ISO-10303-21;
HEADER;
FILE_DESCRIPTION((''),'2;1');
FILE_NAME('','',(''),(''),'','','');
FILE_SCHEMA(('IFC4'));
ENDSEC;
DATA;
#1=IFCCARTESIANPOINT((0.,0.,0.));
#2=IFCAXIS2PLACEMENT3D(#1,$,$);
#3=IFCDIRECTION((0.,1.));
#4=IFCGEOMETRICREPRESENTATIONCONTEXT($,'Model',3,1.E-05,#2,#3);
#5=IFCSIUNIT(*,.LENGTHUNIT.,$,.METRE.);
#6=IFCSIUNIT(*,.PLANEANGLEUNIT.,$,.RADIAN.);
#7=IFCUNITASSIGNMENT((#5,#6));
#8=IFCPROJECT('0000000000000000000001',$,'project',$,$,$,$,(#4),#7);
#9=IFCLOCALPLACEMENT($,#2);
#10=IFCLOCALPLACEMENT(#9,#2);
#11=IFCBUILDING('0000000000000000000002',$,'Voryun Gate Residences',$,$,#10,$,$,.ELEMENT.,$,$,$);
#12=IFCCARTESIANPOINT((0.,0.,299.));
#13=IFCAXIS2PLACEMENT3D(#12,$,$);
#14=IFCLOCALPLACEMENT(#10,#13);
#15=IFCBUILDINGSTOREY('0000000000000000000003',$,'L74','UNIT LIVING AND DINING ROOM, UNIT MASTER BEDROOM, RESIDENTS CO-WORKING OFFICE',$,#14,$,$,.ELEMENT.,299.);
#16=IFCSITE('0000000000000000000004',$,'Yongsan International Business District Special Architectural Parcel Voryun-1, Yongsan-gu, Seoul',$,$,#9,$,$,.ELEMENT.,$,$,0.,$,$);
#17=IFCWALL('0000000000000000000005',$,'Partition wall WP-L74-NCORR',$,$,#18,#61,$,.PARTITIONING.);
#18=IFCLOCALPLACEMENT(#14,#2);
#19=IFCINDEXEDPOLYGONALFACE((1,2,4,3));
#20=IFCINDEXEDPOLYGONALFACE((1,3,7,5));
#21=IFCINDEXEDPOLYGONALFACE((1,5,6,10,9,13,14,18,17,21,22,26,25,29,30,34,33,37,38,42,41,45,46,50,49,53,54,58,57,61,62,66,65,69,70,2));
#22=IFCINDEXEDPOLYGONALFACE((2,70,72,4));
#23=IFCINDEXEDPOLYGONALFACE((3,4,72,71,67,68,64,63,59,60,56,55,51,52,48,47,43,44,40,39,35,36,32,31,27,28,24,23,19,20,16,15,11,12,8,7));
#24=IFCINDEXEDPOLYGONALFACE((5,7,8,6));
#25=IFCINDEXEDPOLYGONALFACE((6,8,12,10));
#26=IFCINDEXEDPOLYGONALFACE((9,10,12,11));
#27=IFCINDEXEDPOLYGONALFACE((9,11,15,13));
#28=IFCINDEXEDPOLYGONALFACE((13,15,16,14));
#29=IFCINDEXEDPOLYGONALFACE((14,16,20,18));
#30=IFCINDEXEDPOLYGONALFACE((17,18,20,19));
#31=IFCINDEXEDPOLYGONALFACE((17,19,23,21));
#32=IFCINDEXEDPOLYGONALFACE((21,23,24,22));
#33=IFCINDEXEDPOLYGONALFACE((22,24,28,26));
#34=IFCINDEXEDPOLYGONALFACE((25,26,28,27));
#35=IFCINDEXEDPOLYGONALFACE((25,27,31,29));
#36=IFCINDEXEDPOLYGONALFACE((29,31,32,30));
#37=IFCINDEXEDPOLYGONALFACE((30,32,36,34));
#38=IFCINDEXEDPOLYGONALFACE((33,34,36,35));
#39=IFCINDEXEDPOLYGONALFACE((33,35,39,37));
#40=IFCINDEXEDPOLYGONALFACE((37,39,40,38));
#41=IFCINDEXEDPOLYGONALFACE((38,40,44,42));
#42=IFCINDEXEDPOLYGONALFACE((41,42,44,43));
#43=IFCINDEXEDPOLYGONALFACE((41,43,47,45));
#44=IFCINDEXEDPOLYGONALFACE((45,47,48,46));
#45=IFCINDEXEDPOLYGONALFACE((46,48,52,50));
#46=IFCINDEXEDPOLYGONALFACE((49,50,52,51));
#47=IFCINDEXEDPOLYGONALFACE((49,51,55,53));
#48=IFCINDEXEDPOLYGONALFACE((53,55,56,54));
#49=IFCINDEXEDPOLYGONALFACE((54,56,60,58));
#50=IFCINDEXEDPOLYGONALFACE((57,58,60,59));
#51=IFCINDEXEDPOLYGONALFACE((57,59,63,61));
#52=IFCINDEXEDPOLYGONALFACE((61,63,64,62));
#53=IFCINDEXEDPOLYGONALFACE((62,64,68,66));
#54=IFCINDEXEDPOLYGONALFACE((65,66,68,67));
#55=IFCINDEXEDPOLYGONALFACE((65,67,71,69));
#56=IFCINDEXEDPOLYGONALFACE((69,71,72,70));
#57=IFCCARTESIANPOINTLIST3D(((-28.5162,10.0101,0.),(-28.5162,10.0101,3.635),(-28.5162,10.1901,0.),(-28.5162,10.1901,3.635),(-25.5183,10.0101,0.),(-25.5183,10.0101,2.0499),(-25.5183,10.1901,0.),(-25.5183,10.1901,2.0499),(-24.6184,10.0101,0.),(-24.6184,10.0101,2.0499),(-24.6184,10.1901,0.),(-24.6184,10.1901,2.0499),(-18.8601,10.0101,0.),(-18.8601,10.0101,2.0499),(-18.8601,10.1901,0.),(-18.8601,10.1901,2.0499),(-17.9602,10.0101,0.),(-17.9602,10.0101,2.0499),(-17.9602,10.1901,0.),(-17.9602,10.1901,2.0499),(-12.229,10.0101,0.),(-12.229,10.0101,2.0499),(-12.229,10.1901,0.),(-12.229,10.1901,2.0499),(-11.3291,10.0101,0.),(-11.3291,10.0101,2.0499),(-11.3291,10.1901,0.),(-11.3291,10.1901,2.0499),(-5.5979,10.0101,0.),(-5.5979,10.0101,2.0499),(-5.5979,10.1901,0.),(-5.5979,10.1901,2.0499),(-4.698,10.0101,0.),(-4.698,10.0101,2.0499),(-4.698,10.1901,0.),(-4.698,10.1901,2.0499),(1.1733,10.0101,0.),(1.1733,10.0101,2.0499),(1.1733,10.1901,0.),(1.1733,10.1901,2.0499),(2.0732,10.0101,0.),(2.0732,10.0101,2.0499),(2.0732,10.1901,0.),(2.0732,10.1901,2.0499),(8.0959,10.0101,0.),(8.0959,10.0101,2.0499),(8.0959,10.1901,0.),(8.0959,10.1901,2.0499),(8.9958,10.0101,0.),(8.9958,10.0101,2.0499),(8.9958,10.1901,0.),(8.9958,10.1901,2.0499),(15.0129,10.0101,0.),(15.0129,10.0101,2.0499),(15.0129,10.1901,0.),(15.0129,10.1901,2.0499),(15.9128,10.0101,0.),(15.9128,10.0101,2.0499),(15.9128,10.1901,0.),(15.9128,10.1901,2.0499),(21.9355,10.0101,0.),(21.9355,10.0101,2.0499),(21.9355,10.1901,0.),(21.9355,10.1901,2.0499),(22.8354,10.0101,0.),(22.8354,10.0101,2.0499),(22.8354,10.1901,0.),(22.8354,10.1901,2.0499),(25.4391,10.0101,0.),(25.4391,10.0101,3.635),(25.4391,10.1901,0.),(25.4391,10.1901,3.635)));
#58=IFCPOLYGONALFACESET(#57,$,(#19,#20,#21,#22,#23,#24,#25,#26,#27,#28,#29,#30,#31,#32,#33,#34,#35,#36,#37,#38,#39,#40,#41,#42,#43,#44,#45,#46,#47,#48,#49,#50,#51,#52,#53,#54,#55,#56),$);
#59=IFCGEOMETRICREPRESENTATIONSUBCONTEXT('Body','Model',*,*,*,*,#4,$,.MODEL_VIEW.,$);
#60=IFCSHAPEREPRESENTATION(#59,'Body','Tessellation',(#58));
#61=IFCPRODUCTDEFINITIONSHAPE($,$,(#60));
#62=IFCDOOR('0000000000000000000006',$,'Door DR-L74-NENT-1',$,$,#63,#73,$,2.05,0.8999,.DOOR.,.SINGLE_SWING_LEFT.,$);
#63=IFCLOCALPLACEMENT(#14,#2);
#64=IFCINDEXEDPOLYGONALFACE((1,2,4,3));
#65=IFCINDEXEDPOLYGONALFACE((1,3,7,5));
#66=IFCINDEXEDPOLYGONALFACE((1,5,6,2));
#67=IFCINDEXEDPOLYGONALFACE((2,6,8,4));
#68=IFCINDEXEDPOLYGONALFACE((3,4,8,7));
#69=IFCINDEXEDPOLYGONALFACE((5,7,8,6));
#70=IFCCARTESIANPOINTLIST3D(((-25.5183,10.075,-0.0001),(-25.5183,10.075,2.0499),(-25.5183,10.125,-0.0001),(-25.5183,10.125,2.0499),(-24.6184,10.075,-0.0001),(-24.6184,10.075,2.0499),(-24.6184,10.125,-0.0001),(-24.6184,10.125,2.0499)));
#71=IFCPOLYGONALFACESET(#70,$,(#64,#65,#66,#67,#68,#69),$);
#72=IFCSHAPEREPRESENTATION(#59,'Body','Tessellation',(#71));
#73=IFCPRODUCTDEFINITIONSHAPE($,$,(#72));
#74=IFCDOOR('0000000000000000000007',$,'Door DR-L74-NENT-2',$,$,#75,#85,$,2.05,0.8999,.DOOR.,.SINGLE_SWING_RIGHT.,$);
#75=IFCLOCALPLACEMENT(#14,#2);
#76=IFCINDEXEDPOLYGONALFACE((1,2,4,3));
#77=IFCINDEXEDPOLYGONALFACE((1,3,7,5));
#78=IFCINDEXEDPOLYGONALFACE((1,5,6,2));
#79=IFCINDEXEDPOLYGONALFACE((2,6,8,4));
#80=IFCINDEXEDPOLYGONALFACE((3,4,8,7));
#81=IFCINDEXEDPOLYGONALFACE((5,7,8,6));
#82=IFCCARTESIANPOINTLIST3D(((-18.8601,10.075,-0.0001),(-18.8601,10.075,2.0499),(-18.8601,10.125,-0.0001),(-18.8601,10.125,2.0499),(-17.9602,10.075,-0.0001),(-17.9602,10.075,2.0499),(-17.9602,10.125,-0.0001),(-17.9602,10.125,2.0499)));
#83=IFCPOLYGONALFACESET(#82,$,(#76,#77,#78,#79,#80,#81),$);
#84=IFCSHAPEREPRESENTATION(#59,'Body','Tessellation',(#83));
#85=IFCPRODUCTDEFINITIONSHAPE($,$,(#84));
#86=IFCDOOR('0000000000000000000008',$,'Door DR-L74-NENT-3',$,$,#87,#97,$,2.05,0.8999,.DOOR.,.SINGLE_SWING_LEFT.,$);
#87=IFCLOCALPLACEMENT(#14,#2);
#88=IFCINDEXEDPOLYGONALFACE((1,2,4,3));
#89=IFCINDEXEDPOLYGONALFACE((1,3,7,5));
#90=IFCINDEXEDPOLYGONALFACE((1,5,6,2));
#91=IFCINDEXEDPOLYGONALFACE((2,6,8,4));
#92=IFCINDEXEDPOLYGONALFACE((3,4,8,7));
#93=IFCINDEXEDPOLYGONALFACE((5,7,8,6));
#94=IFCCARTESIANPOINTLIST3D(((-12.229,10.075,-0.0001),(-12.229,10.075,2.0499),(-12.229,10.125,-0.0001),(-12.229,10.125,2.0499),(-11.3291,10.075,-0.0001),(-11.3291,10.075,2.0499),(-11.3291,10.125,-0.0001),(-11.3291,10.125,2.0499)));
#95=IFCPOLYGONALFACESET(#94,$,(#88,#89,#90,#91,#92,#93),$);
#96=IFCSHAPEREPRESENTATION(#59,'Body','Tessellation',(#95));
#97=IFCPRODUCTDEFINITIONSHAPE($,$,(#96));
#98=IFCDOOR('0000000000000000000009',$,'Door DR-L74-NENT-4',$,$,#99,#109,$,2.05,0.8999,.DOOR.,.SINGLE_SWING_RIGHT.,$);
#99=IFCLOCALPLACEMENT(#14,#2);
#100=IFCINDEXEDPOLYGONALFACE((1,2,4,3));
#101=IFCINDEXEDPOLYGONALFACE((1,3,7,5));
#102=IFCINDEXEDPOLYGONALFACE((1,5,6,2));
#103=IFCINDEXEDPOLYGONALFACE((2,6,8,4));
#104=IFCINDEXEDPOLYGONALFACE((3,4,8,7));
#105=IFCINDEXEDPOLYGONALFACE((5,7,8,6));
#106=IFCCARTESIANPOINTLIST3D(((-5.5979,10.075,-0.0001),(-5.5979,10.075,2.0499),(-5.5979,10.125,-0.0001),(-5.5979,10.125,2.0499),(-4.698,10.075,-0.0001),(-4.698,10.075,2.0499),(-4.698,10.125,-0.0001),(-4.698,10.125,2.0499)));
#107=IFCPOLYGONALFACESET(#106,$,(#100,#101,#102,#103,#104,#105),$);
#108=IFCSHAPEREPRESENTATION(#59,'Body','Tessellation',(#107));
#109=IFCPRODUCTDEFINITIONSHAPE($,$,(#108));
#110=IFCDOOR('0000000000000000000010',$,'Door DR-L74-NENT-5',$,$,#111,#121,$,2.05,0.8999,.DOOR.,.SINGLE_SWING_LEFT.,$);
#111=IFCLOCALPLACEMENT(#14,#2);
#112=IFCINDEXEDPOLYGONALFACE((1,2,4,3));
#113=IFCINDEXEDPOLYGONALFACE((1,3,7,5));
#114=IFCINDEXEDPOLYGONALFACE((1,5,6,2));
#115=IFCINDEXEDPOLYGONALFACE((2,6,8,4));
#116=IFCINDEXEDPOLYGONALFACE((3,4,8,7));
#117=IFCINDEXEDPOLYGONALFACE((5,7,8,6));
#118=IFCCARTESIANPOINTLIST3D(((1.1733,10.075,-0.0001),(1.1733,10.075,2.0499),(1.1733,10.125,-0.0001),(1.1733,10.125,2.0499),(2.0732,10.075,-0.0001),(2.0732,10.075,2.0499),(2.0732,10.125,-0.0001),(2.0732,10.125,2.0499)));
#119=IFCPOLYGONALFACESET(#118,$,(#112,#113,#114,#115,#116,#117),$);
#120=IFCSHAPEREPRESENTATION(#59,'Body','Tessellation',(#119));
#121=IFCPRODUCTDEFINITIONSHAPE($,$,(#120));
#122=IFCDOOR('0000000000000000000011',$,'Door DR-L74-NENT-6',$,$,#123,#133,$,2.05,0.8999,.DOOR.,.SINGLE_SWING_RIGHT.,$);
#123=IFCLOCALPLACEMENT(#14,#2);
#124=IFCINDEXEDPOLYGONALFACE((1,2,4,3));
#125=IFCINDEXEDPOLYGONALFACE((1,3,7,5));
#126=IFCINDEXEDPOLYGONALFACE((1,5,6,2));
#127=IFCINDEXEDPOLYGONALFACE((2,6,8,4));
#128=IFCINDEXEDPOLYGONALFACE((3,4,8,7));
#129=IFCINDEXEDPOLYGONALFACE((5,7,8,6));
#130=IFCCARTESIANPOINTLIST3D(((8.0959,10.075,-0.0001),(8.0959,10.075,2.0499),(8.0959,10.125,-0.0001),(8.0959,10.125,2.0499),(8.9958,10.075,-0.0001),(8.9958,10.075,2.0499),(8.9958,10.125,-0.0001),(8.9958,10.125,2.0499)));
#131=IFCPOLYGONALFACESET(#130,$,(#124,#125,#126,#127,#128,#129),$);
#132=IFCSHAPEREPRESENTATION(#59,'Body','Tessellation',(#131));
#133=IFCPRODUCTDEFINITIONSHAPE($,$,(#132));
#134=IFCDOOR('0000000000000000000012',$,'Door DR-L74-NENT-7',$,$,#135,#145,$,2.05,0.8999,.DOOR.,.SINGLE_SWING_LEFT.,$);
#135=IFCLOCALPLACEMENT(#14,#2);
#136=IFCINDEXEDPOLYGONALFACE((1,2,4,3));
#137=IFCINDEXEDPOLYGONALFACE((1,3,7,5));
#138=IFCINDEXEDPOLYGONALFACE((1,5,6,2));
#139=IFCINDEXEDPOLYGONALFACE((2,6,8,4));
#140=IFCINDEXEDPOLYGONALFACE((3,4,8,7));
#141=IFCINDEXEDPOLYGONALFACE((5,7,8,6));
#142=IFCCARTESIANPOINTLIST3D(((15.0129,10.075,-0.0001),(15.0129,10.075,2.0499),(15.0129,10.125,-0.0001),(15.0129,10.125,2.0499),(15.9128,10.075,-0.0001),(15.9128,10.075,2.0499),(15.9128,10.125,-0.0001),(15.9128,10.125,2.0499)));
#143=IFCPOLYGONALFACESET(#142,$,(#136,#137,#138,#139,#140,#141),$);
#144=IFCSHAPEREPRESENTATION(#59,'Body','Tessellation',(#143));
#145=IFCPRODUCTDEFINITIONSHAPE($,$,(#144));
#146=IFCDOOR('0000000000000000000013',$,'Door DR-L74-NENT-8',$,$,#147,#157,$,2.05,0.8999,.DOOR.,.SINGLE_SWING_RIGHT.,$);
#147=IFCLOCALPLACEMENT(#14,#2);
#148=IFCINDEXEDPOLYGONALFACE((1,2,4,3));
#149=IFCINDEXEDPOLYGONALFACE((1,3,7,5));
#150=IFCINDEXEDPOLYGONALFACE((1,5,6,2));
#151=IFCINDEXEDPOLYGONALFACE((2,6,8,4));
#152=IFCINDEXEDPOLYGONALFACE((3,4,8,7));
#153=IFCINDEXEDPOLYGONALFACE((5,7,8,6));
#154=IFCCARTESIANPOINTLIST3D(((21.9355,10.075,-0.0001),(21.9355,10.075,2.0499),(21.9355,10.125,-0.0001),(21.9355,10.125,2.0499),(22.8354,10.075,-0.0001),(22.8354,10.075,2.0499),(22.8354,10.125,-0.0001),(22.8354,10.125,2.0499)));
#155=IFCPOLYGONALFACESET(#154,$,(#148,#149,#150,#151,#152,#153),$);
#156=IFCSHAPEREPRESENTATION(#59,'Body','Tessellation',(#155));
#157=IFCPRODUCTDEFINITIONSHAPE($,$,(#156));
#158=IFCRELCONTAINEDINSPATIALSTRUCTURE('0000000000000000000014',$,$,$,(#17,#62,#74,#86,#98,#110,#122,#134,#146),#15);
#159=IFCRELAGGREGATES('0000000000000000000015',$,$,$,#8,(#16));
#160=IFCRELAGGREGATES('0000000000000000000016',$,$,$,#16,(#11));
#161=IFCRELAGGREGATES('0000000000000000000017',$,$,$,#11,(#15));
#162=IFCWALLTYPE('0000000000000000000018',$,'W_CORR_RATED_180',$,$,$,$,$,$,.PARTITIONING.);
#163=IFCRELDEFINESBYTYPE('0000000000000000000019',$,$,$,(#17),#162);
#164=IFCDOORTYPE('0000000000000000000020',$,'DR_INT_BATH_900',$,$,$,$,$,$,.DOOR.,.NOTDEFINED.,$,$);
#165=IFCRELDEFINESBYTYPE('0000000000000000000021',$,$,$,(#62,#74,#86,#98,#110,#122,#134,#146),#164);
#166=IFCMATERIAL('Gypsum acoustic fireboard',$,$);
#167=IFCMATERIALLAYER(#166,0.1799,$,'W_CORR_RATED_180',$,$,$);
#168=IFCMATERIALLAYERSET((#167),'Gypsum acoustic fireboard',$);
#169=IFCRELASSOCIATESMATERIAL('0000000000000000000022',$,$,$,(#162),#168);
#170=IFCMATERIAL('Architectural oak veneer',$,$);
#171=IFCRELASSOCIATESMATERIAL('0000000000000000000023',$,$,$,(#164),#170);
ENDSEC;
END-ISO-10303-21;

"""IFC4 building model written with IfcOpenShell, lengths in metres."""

from ifc_helpers import new_model, si_unit, direction, frame, frame_2d, origin, place, context, subcontext, project, spatial, rectangle, extrude, material, layer, layer_set, type_object, element, fill, save


model = new_model("IFC4")

# Units and contexts
model_context = context("Model", 3, precision=1e-05, world=origin(), true_north=direction((0.0, 1.0)))
body_context = subcontext(model_context, "Body", "Model", "MODEL_VIEW")
ifc_project = project(units=[si_unit("LENGTHUNIT", "METRE"), si_unit("PLANEANGLEUNIT", "RADIAN")], contexts=[model_context])

# Site, building, storey
site_placement = place(None, origin())
site = spatial("IfcSite", under=ifc_project, at=site_placement, Name="Yongsan International Business District Special Architectural Parcel Voryun-1, Yongsan-gu, Seoul", CompositionType="ELEMENT", RefElevation=0.0)
building_placement = place(site_placement, origin())
building = spatial("IfcBuilding", under=site, at=building_placement, Name="Voryun Gate Residences", CompositionType="ELEMENT")
storey_placement = place(building_placement, frame((0.0, 0.0, 299.0)))
storey = spatial("IfcBuildingStorey", under=building, at=storey_placement, Name="L74", Description="UNIT LIVING AND DINING ROOM, UNIT MASTER BEDROOM, RESIDENTS CO-WORKING OFFICE", CompositionType="ELEMENT", Elevation=299.0)

# Wall, openings, doors
ifc_material_1 = material(Name="Gypsum acoustic fireboard")
ifc_layer_1 = layer(ifc_material_1, 0.1799, Name="W_CORR_RATED_180")
ifc_layer_set_1 = layer_set([ifc_layer_1], Name="Gypsum acoustic fireboard")
wall_type_1 = type_object("IfcWallType", Name="W_CORR_RATED_180", PredefinedType="PARTITIONING", material=ifc_layer_set_1)
wall_1_placement = place(storey_placement, frame((-28.5161, 10.1001, 0.0), z_axis=(0.0, 0.0, 1.0), x_axis=(1.0, 0.0, 0.0)))
wall_1 = element("IfcWall", 1, at=wall_1_placement, inside=storey, type_object=wall_type_1, Name="Partition wall WP-L74-NCORR", PredefinedType="PARTITIONING", context=body_context, shape_type="SweptSolid", body=[
    extrude(rectangle(XDim=53.9553, YDim=0.1799, at=frame_2d((26.9775, 0.0))), origin(), (0.0, 0.0, 1.0), 3.635),
])
opening_1_placement = place(wall_1_placement, frame((2.9978, 0.0, 0.0)))
opening_1 = element("IfcOpeningElement", 2, at=opening_1_placement, cuts=wall_1, PredefinedType="OPENING", context=body_context, shape_type="SweptSolid", body=[
    extrude(rectangle(XDim=0.8999, YDim=2.05, at=frame_2d((0.45, 1.0249))), frame((0.0, 0.0999, 0.0), z_axis=(0.0, -1.0, 0.0), x_axis=(1.0, 0.0, 0.0)), (0.0, 0.0, 1.0), 0.2),
])
opening_2_placement = place(wall_1_placement, frame((9.656, 0.0, 0.0)))
opening_2 = element("IfcOpeningElement", 3, at=opening_2_placement, cuts=wall_1, PredefinedType="OPENING", context=body_context, shape_type="SweptSolid", body=[
    extrude(rectangle(XDim=0.8999, YDim=2.05, at=frame_2d((0.45, 1.0249))), frame((0.0, 0.0999, 0.0), z_axis=(0.0, -1.0, 0.0), x_axis=(1.0, 0.0, 0.0)), (0.0, 0.0, 1.0), 0.2),
])
opening_3_placement = place(wall_1_placement, frame((16.2871, 0.0, 0.0)))
opening_3 = element("IfcOpeningElement", 4, at=opening_3_placement, cuts=wall_1, PredefinedType="OPENING", context=body_context, shape_type="SweptSolid", body=[
    extrude(rectangle(XDim=0.8999, YDim=2.05, at=frame_2d((0.45, 1.0249))), frame((0.0, 0.0999, 0.0), z_axis=(0.0, -1.0, 0.0), x_axis=(1.0, 0.0, 0.0)), (0.0, 0.0, 1.0), 0.2),
])
opening_4_placement = place(wall_1_placement, frame((22.9182, 0.0, 0.0)))
opening_4 = element("IfcOpeningElement", 5, at=opening_4_placement, cuts=wall_1, PredefinedType="OPENING", context=body_context, shape_type="SweptSolid", body=[
    extrude(rectangle(XDim=0.8999, YDim=2.05, at=frame_2d((0.45, 1.0249))), frame((0.0, 0.0999, 0.0), z_axis=(0.0, -1.0, 0.0), x_axis=(1.0, 0.0, 0.0)), (0.0, 0.0, 1.0), 0.2),
])
opening_5_placement = place(wall_1_placement, frame((29.6895, 0.0, 0.0)))
opening_5 = element("IfcOpeningElement", 6, at=opening_5_placement, cuts=wall_1, PredefinedType="OPENING", context=body_context, shape_type="SweptSolid", body=[
    extrude(rectangle(XDim=0.8999, YDim=2.05, at=frame_2d((0.45, 1.0249))), frame((0.0, 0.0999, 0.0), z_axis=(0.0, -1.0, 0.0), x_axis=(1.0, 0.0, 0.0)), (0.0, 0.0, 1.0), 0.2),
])
opening_6_placement = place(wall_1_placement, frame((36.6121, 0.0, 0.0)))
opening_6 = element("IfcOpeningElement", 7, at=opening_6_placement, cuts=wall_1, PredefinedType="OPENING", context=body_context, shape_type="SweptSolid", body=[
    extrude(rectangle(XDim=0.8999, YDim=2.05, at=frame_2d((0.45, 1.0249))), frame((0.0, 0.0999, 0.0), z_axis=(0.0, -1.0, 0.0), x_axis=(1.0, 0.0, 0.0)), (0.0, 0.0, 1.0), 0.2),
])
opening_7_placement = place(wall_1_placement, frame((43.5291, 0.0, 0.0)))
opening_7 = element("IfcOpeningElement", 8, at=opening_7_placement, cuts=wall_1, PredefinedType="OPENING", context=body_context, shape_type="SweptSolid", body=[
    extrude(rectangle(XDim=0.8999, YDim=2.05, at=frame_2d((0.45, 1.0249))), frame((0.0, 0.0999, 0.0), z_axis=(0.0, -1.0, 0.0), x_axis=(1.0, 0.0, 0.0)), (0.0, 0.0, 1.0), 0.2),
])
opening_8_placement = place(wall_1_placement, frame((50.4517, 0.0, 0.0)))
opening_8 = element("IfcOpeningElement", 9, at=opening_8_placement, cuts=wall_1, PredefinedType="OPENING", context=body_context, shape_type="SweptSolid", body=[
    extrude(rectangle(XDim=0.8999, YDim=2.05, at=frame_2d((0.45, 1.0249))), frame((0.0, 0.0999, 0.0), z_axis=(0.0, -1.0, 0.0), x_axis=(1.0, 0.0, 0.0)), (0.0, 0.0, 1.0), 0.2),
])
ifc_material_2 = material(Name="Architectural oak veneer")
door_type_1 = type_object("IfcDoorType", Name="DR_INT_BATH_900", OperationType="NOTDEFINED", PredefinedType="DOOR", material=ifc_material_2)
door_1_placement = place(opening_1_placement, origin())
door_1 = element("IfcDoor", 10, at=door_1_placement, inside=storey, type_object=door_type_1, Name="Door DR-L74-NENT-1", OperationType="SINGLE_SWING_LEFT", OverallHeight=2.05, OverallWidth=0.8999, PredefinedType="DOOR", context=body_context, shape_type="SweptSolid", body=[
    extrude(rectangle(XDim=0.8999, YDim=2.05, at=frame_2d((0.45, 1.0249))), frame((0.0, 0.0249, 0.0), z_axis=(0.0, -1.0, 0.0), x_axis=(1.0, 0.0, 0.0)), (0.0, 0.0, 1.0), 0.05),
])
fill(opening_1, door_1)
door_2_placement = place(opening_2_placement, origin())
door_2 = element("IfcDoor", 11, at=door_2_placement, inside=storey, type_object=door_type_1, Name="Door DR-L74-NENT-2", OperationType="SINGLE_SWING_RIGHT", OverallHeight=2.05, OverallWidth=0.8999, PredefinedType="DOOR", context=body_context, shape_type="SweptSolid", body=[
    extrude(rectangle(XDim=0.8999, YDim=2.05, at=frame_2d((0.45, 1.0249))), frame((0.0, 0.0249, 0.0), z_axis=(0.0, -1.0, 0.0), x_axis=(1.0, 0.0, 0.0)), (0.0, 0.0, 1.0), 0.05),
])
fill(opening_2, door_2)
door_3_placement = place(opening_3_placement, origin())
door_3 = element("IfcDoor", 12, at=door_3_placement, inside=storey, type_object=door_type_1, Name="Door DR-L74-NENT-3", OperationType="SINGLE_SWING_LEFT", OverallHeight=2.05, OverallWidth=0.8999, PredefinedType="DOOR", context=body_context, shape_type="SweptSolid", body=[
    extrude(rectangle(XDim=0.8999, YDim=2.05, at=frame_2d((0.45, 1.0249))), frame((0.0, 0.0249, 0.0), z_axis=(0.0, -1.0, 0.0), x_axis=(1.0, 0.0, 0.0)), (0.0, 0.0, 1.0), 0.05),
])
fill(opening_3, door_3)
door_4_placement = place(opening_4_placement, origin())
door_4 = element("IfcDoor", 13, at=door_4_placement, inside=storey, type_object=door_type_1, Name="Door DR-L74-NENT-4", OperationType="SINGLE_SWING_RIGHT", OverallHeight=2.05, OverallWidth=0.8999, PredefinedType="DOOR", context=body_context, shape_type="SweptSolid", body=[
    extrude(rectangle(XDim=0.8999, YDim=2.05, at=frame_2d((0.45, 1.0249))), frame((0.0, 0.0249, 0.0), z_axis=(0.0, -1.0, 0.0), x_axis=(1.0, 0.0, 0.0)), (0.0, 0.0, 1.0), 0.05),
])
fill(opening_4, door_4)
door_5_placement = place(opening_5_placement, origin())
door_5 = element("IfcDoor", 14, at=door_5_placement, inside=storey, type_object=door_type_1, Name="Door DR-L74-NENT-5", OperationType="SINGLE_SWING_LEFT", OverallHeight=2.05, OverallWidth=0.8999, PredefinedType="DOOR", context=body_context, shape_type="SweptSolid", body=[
    extrude(rectangle(XDim=0.8999, YDim=2.05, at=frame_2d((0.45, 1.0249))), frame((0.0, 0.0249, 0.0), z_axis=(0.0, -1.0, 0.0), x_axis=(1.0, 0.0, 0.0)), (0.0, 0.0, 1.0), 0.05),
])
fill(opening_5, door_5)
door_6_placement = place(opening_6_placement, origin())
door_6 = element("IfcDoor", 15, at=door_6_placement, inside=storey, type_object=door_type_1, Name="Door DR-L74-NENT-6", OperationType="SINGLE_SWING_RIGHT", OverallHeight=2.05, OverallWidth=0.8999, PredefinedType="DOOR", context=body_context, shape_type="SweptSolid", body=[
    extrude(rectangle(XDim=0.8999, YDim=2.05, at=frame_2d((0.45, 1.0249))), frame((0.0, 0.0249, 0.0), z_axis=(0.0, -1.0, 0.0), x_axis=(1.0, 0.0, 0.0)), (0.0, 0.0, 1.0), 0.05),
])
fill(opening_6, door_6)
door_7_placement = place(opening_7_placement, origin())
door_7 = element("IfcDoor", 16, at=door_7_placement, inside=storey, type_object=door_type_1, Name="Door DR-L74-NENT-7", OperationType="SINGLE_SWING_LEFT", OverallHeight=2.05, OverallWidth=0.8999, PredefinedType="DOOR", context=body_context, shape_type="SweptSolid", body=[
    extrude(rectangle(XDim=0.8999, YDim=2.05, at=frame_2d((0.45, 1.0249))), frame((0.0, 0.0249, 0.0), z_axis=(0.0, -1.0, 0.0), x_axis=(1.0, 0.0, 0.0)), (0.0, 0.0, 1.0), 0.05),
])
fill(opening_7, door_7)
door_8_placement = place(opening_8_placement, origin())
door_8 = element("IfcDoor", 17, at=door_8_placement, inside=storey, type_object=door_type_1, Name="Door DR-L74-NENT-8", OperationType="SINGLE_SWING_RIGHT", OverallHeight=2.05, OverallWidth=0.8999, PredefinedType="DOOR", context=body_context, shape_type="SweptSolid", body=[
    extrude(rectangle(XDim=0.8999, YDim=2.05, at=frame_2d((0.45, 1.0249))), frame((0.0, 0.0249, 0.0), z_axis=(0.0, -1.0, 0.0), x_axis=(1.0, 0.0, 0.0)), (0.0, 0.0, 1.0), 0.05),
])
fill(opening_8, door_8)

save(model, "model.ifc")
